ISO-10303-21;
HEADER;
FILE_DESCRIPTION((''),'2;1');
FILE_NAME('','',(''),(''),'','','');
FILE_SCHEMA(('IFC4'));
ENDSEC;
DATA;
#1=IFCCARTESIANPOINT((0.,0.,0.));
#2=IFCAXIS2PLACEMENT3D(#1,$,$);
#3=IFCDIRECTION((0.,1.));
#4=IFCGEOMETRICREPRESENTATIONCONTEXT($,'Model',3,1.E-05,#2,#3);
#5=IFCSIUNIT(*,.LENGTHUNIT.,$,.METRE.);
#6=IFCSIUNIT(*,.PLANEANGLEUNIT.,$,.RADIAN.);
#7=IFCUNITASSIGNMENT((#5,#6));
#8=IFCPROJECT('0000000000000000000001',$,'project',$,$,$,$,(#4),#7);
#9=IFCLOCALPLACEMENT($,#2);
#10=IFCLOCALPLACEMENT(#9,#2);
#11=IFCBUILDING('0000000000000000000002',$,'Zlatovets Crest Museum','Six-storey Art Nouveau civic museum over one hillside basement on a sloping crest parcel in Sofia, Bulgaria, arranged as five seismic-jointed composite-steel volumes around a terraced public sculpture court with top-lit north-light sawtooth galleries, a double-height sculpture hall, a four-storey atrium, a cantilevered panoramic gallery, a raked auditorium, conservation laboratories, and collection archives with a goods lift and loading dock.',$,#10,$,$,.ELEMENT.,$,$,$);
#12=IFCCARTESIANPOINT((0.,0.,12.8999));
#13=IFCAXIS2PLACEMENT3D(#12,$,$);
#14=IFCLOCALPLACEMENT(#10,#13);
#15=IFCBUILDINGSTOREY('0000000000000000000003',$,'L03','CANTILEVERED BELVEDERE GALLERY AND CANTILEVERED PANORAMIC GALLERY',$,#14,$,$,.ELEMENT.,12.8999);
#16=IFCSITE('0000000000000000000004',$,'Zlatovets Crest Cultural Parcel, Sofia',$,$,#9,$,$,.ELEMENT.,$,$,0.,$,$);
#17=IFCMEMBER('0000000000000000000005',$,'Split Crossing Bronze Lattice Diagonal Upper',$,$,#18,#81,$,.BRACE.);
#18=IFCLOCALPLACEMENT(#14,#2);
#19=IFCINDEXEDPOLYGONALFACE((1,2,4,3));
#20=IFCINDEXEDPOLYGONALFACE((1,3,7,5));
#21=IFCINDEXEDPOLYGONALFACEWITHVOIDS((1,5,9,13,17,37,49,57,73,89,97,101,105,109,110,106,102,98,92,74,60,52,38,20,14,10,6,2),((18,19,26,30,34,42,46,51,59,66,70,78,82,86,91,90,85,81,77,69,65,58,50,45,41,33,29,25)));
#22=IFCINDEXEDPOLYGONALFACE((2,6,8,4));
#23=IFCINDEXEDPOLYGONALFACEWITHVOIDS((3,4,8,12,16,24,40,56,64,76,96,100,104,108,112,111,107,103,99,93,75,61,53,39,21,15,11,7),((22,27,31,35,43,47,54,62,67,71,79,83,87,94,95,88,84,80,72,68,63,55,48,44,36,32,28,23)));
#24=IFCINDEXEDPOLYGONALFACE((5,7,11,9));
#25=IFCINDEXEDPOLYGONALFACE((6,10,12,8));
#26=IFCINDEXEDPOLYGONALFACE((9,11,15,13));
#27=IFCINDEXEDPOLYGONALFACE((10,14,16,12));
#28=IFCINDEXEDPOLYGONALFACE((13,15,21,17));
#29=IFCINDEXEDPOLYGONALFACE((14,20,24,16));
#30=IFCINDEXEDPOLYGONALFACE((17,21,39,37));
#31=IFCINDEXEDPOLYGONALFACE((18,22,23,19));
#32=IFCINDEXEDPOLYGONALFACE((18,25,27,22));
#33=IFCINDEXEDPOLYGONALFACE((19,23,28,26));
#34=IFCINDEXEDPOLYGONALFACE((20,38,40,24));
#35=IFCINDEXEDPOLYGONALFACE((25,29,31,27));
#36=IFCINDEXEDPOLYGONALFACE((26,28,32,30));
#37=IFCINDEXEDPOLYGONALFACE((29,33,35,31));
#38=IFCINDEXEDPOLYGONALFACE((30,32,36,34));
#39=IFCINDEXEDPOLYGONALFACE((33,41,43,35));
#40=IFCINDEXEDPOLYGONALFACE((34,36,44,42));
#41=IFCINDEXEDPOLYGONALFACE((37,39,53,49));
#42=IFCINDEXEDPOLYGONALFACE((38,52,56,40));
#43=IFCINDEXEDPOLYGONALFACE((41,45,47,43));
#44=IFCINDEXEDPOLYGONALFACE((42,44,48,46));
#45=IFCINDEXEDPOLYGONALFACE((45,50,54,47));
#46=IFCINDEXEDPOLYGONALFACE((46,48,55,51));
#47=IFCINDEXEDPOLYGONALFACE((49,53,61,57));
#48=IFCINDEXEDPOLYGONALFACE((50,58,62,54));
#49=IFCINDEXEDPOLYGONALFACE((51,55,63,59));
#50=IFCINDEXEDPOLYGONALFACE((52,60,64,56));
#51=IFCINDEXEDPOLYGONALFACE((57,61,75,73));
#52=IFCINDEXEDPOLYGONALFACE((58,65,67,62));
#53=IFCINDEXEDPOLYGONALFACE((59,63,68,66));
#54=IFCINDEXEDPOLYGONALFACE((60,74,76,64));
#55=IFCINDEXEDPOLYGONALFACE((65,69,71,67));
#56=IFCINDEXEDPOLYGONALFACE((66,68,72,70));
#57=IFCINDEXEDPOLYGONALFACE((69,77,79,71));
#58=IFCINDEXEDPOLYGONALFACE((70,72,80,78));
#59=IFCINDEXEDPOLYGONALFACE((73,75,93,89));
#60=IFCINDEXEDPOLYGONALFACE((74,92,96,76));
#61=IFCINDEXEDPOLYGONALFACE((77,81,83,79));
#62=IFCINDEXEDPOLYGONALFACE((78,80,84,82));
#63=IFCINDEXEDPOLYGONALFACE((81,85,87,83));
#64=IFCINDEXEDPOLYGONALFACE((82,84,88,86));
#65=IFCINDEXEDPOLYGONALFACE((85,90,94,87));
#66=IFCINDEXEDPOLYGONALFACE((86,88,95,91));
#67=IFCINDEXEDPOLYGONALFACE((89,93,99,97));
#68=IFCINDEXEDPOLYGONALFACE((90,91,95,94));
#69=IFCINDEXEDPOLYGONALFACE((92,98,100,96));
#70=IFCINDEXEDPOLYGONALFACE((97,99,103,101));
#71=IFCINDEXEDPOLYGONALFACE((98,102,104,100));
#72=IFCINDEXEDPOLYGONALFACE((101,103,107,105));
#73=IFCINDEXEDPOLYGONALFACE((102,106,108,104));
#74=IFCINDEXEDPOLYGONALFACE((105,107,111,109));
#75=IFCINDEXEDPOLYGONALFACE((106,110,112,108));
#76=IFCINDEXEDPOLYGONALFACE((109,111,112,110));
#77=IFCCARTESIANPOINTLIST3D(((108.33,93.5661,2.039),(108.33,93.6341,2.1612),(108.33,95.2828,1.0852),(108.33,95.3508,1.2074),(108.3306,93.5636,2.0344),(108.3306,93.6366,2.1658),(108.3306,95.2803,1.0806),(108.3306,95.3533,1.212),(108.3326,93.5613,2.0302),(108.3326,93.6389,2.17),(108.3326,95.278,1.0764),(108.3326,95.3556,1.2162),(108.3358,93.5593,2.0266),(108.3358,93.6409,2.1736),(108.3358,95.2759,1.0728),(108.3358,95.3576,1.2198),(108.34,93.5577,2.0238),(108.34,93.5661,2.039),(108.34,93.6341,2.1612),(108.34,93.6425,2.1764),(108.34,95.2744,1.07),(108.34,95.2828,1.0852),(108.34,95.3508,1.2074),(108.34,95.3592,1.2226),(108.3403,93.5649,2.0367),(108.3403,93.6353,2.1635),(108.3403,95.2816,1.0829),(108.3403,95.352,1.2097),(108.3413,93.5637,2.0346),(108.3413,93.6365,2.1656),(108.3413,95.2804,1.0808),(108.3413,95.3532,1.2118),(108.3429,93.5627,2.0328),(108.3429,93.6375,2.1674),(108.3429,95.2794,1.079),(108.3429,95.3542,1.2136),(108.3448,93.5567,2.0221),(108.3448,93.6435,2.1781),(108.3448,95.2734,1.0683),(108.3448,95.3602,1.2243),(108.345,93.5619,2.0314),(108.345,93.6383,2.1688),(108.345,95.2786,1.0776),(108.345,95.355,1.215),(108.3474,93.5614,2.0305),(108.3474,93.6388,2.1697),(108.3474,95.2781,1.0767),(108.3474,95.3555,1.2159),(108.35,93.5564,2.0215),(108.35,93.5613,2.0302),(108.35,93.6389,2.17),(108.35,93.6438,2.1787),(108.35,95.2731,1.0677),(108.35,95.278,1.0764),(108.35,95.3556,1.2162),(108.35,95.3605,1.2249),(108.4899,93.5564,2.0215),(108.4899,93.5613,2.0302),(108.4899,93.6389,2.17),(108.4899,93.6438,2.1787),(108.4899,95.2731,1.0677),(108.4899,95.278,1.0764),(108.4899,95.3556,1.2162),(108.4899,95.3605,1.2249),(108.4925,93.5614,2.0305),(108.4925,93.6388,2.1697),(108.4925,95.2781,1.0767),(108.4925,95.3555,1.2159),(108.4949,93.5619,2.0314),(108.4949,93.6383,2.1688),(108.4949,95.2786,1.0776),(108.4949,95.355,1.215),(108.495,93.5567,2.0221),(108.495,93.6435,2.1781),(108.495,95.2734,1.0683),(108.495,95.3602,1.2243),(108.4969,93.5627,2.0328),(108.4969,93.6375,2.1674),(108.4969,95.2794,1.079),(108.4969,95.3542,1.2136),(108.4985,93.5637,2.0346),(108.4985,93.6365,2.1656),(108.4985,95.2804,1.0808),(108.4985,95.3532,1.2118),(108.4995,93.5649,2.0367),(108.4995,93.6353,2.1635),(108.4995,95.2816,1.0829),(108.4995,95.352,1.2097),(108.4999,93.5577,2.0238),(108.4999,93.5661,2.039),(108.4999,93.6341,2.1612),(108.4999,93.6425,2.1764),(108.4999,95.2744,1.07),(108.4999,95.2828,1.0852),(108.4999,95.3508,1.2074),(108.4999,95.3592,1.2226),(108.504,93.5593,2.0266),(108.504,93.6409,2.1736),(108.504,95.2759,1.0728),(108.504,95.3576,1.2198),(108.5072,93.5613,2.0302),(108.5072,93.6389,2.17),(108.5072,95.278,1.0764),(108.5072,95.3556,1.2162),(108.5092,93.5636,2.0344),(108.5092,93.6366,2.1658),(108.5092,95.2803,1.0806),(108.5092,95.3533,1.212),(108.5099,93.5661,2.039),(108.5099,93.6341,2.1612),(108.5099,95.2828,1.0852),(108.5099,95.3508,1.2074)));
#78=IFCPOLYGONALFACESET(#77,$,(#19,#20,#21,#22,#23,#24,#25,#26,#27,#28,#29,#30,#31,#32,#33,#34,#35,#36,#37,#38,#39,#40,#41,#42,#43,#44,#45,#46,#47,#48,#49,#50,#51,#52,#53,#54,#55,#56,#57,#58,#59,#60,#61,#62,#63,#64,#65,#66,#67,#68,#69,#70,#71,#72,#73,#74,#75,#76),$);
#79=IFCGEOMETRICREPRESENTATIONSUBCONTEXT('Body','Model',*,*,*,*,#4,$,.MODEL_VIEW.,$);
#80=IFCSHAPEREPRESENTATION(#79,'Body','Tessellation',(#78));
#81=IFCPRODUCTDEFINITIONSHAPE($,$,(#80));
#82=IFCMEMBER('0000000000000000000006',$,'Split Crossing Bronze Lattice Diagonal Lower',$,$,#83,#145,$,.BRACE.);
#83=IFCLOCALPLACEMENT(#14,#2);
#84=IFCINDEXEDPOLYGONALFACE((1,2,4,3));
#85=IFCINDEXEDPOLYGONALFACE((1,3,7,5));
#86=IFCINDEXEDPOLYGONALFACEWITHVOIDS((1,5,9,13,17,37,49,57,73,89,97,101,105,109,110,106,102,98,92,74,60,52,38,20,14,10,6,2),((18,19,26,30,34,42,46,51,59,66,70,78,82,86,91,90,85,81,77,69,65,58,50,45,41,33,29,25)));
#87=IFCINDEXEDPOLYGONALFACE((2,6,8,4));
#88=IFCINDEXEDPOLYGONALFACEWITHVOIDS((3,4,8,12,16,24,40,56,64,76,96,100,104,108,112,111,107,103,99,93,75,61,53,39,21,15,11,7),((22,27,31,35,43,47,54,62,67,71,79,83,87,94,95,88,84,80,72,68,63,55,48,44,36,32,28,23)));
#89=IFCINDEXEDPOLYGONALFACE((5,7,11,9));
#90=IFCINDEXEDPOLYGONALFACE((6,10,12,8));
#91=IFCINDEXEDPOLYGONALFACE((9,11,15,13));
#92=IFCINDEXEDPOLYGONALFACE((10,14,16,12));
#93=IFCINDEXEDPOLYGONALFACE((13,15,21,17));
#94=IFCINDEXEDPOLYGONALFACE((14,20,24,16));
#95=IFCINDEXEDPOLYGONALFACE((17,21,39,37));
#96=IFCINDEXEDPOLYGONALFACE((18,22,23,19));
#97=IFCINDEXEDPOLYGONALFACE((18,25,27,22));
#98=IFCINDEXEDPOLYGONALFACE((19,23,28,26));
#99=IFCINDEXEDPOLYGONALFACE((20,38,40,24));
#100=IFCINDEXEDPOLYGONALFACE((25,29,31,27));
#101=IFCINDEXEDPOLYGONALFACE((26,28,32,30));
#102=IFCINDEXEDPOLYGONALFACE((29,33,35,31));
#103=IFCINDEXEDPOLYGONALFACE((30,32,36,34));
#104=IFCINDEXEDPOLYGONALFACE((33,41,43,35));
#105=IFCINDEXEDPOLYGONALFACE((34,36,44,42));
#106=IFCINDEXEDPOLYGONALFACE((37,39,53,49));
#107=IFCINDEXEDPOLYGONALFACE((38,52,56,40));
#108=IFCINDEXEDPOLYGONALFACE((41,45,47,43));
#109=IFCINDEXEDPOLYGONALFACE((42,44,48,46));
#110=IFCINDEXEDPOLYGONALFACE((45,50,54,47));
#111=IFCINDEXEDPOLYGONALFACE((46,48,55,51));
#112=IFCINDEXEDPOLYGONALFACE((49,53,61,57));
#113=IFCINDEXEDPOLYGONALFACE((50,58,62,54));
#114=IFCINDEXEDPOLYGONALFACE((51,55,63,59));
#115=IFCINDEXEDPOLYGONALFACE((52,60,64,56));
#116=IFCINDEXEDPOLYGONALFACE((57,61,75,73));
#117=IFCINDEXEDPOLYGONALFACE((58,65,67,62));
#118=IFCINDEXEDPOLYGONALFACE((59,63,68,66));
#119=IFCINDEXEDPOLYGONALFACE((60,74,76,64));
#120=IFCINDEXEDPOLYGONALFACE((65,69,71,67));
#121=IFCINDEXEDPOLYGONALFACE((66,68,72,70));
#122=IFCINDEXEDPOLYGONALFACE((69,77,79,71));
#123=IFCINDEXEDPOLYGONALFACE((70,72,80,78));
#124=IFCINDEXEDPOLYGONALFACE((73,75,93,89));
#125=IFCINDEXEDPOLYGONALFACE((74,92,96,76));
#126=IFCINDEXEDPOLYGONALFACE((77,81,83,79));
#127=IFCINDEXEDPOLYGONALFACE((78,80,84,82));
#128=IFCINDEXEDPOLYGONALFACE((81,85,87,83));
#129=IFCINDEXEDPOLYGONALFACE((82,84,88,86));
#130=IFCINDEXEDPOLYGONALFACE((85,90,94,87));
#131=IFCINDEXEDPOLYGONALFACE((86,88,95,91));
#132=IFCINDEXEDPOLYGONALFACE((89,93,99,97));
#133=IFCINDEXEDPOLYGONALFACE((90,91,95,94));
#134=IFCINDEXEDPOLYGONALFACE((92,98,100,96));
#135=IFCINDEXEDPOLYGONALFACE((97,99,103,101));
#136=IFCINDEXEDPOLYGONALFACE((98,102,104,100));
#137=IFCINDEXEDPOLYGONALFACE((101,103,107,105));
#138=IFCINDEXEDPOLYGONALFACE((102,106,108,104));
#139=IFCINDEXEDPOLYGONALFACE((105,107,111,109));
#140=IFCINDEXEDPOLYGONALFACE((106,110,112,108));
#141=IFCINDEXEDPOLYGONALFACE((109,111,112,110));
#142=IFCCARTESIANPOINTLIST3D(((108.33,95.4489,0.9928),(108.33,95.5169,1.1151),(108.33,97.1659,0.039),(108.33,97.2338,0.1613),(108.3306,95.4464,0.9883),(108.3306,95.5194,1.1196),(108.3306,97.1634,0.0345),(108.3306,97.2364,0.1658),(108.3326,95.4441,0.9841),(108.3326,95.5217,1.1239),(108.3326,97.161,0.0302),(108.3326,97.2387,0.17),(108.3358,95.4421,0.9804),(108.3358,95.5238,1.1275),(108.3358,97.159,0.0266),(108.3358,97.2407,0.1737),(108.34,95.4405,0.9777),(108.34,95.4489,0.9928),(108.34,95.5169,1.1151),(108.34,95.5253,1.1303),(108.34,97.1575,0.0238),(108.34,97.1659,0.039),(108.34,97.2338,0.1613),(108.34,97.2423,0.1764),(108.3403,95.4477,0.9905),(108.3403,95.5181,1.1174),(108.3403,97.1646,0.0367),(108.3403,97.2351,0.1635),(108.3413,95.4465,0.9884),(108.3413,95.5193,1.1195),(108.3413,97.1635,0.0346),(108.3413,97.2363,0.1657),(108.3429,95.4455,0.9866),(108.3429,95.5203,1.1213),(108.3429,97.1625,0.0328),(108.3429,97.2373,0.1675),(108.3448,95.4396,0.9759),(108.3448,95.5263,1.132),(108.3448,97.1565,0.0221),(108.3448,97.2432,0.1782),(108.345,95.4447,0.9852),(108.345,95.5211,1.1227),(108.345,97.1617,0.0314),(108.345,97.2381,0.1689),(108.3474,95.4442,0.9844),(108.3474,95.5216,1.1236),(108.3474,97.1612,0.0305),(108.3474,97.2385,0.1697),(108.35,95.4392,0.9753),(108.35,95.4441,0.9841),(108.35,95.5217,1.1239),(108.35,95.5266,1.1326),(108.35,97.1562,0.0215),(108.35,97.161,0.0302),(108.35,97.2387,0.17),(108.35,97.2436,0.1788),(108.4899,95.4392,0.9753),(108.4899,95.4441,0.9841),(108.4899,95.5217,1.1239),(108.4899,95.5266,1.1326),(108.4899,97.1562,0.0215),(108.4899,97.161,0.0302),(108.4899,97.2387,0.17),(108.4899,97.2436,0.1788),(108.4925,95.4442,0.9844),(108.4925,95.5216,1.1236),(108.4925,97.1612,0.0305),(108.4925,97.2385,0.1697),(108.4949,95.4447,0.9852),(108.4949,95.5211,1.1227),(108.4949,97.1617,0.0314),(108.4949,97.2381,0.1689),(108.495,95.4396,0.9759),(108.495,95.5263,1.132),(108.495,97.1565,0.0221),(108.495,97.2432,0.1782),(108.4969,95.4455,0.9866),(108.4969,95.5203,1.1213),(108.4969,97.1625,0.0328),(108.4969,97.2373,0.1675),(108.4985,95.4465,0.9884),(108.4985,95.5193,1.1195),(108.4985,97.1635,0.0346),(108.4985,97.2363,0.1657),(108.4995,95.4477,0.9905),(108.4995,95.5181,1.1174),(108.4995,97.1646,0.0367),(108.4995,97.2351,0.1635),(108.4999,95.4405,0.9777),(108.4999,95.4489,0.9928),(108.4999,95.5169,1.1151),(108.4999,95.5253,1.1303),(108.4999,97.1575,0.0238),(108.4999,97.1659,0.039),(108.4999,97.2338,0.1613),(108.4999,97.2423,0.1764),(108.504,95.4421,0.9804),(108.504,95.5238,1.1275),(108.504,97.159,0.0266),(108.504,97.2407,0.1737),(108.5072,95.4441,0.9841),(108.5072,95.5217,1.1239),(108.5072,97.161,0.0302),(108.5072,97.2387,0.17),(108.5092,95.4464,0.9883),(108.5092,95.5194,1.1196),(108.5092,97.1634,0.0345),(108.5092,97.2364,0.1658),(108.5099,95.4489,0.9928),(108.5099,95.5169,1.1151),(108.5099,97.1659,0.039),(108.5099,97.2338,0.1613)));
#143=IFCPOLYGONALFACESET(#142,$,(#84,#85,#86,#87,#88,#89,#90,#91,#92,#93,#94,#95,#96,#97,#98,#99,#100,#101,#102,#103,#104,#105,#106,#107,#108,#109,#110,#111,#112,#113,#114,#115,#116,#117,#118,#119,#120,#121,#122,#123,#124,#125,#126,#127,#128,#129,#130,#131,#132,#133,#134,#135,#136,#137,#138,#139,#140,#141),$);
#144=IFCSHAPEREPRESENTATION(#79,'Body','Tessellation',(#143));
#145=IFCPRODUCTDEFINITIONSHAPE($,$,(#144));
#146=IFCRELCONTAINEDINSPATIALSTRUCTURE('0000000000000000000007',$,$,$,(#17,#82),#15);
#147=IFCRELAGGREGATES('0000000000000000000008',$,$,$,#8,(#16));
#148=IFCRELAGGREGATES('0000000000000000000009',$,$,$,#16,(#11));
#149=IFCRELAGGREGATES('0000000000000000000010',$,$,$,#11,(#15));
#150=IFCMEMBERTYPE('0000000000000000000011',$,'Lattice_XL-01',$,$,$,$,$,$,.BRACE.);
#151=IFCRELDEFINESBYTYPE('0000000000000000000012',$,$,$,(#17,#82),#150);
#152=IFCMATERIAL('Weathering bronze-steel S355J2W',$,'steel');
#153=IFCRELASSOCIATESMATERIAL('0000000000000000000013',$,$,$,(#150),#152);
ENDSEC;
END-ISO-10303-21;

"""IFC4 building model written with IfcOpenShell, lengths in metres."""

from ifc_helpers import new_model, si_unit, direction, frame, origin, origin_2d, place, context, subcontext, project, spatial, hollow_rectangle, extrude, material, material_profile, profile_set, type_object, element, save


model = new_model("IFC4")

# Units and contexts
model_context = context("Model", 3, precision=1e-05, world=origin(), true_north=direction((0.0, 1.0)))
body_context = subcontext(model_context, "Body", "Model", "MODEL_VIEW")
ifc_project = project(units=[si_unit("LENGTHUNIT", "METRE"), si_unit("PLANEANGLEUNIT", "RADIAN")], contexts=[model_context])

# Site, building, storey
site_placement = place(None, origin())
site = spatial("IfcSite", under=ifc_project, at=site_placement, Name="Zlatovets Crest Cultural Parcel, Sofia", CompositionType="ELEMENT", RefElevation=0.0)
building_placement = place(site_placement, origin())
building = spatial("IfcBuilding", under=site, at=building_placement, Name="Zlatovets Crest Museum", Description="Six-storey Art Nouveau civic museum over one hillside basement on a sloping crest parcel in Sofia, Bulgaria, arranged as five seismic-jointed composite-steel volumes around a terraced public sculpture court with top-lit north-light sawtooth galleries, a double-height sculpture hall, a four-storey atrium, a cantilevered panoramic gallery, a raked auditorium, conservation laboratories, and collection archives with a goods lift and loading dock.", CompositionType="ELEMENT")
storey_placement = place(building_placement, frame((0.0, 0.0, 12.8999)))
storey = spatial("IfcBuildingStorey", under=building, at=storey_placement, Name="L03", Description="CANTILEVERED BELVEDERE GALLERY AND CANTILEVERED PANORAMIC GALLERY", CompositionType="ELEMENT", Elevation=12.8999)

# Members
ifc_material_1 = material(Name="Weathering bronze-steel S355J2W", Category="steel")
ifc_material_profile_1 = material_profile(ifc_material_1, hollow_rectangle(XDim=0.1799, YDim=0.1799, WallThickness=0.01, InnerFilletRadius=0.01, OuterFilletRadius=0.02, at=origin_2d()), Name="SHS 180x180x10.0")
ifc_profile_set_1 = profile_set([ifc_material_profile_1], Name="Weathering bronze-steel S355J2W")
member_type = type_object("IfcMemberType", Name="Lattice_XL-01", PredefinedType="BRACE", material=ifc_profile_set_1)
member_1_placement = place(storey_placement, frame((108.4199, 93.6001, 2.1001), z_axis=(0.0, 0.87414, -0.485675), x_axis=(-1.0, 0.0, 0.0)))
element("IfcMember", 1, at=member_1_placement, inside=storey, type_object=member_type, Name="Split Crossing Bronze Lattice Diagonal Upper", PredefinedType="BRACE", context=body_context, shape_type="SweptSolid", body=[
    extrude(hollow_rectangle(XDim=0.1799, YDim=0.1799, WallThickness=0.01, InnerFilletRadius=0.01, OuterFilletRadius=0.02, at=origin_2d()), origin(), (0.0, 0.0, 1.0), 1.9639),
])
member_2_placement = place(storey_placement, frame((108.4199, 95.4829, 1.054), z_axis=(0.0, 0.874169, -0.485622), x_axis=(-1.0, 0.0, 0.0)))
element("IfcMember", 2, at=member_2_placement, inside=storey, type_object=member_type, Name="Split Crossing Bronze Lattice Diagonal Lower", PredefinedType="BRACE", context=body_context, shape_type="SweptSolid", body=[
    extrude(hollow_rectangle(XDim=0.1799, YDim=0.1799, WallThickness=0.01, InnerFilletRadius=0.01, OuterFilletRadius=0.02, at=origin_2d()), origin(), (0.0, 0.0, 1.0), 1.9641),
])

save(model, "model.ifc")
